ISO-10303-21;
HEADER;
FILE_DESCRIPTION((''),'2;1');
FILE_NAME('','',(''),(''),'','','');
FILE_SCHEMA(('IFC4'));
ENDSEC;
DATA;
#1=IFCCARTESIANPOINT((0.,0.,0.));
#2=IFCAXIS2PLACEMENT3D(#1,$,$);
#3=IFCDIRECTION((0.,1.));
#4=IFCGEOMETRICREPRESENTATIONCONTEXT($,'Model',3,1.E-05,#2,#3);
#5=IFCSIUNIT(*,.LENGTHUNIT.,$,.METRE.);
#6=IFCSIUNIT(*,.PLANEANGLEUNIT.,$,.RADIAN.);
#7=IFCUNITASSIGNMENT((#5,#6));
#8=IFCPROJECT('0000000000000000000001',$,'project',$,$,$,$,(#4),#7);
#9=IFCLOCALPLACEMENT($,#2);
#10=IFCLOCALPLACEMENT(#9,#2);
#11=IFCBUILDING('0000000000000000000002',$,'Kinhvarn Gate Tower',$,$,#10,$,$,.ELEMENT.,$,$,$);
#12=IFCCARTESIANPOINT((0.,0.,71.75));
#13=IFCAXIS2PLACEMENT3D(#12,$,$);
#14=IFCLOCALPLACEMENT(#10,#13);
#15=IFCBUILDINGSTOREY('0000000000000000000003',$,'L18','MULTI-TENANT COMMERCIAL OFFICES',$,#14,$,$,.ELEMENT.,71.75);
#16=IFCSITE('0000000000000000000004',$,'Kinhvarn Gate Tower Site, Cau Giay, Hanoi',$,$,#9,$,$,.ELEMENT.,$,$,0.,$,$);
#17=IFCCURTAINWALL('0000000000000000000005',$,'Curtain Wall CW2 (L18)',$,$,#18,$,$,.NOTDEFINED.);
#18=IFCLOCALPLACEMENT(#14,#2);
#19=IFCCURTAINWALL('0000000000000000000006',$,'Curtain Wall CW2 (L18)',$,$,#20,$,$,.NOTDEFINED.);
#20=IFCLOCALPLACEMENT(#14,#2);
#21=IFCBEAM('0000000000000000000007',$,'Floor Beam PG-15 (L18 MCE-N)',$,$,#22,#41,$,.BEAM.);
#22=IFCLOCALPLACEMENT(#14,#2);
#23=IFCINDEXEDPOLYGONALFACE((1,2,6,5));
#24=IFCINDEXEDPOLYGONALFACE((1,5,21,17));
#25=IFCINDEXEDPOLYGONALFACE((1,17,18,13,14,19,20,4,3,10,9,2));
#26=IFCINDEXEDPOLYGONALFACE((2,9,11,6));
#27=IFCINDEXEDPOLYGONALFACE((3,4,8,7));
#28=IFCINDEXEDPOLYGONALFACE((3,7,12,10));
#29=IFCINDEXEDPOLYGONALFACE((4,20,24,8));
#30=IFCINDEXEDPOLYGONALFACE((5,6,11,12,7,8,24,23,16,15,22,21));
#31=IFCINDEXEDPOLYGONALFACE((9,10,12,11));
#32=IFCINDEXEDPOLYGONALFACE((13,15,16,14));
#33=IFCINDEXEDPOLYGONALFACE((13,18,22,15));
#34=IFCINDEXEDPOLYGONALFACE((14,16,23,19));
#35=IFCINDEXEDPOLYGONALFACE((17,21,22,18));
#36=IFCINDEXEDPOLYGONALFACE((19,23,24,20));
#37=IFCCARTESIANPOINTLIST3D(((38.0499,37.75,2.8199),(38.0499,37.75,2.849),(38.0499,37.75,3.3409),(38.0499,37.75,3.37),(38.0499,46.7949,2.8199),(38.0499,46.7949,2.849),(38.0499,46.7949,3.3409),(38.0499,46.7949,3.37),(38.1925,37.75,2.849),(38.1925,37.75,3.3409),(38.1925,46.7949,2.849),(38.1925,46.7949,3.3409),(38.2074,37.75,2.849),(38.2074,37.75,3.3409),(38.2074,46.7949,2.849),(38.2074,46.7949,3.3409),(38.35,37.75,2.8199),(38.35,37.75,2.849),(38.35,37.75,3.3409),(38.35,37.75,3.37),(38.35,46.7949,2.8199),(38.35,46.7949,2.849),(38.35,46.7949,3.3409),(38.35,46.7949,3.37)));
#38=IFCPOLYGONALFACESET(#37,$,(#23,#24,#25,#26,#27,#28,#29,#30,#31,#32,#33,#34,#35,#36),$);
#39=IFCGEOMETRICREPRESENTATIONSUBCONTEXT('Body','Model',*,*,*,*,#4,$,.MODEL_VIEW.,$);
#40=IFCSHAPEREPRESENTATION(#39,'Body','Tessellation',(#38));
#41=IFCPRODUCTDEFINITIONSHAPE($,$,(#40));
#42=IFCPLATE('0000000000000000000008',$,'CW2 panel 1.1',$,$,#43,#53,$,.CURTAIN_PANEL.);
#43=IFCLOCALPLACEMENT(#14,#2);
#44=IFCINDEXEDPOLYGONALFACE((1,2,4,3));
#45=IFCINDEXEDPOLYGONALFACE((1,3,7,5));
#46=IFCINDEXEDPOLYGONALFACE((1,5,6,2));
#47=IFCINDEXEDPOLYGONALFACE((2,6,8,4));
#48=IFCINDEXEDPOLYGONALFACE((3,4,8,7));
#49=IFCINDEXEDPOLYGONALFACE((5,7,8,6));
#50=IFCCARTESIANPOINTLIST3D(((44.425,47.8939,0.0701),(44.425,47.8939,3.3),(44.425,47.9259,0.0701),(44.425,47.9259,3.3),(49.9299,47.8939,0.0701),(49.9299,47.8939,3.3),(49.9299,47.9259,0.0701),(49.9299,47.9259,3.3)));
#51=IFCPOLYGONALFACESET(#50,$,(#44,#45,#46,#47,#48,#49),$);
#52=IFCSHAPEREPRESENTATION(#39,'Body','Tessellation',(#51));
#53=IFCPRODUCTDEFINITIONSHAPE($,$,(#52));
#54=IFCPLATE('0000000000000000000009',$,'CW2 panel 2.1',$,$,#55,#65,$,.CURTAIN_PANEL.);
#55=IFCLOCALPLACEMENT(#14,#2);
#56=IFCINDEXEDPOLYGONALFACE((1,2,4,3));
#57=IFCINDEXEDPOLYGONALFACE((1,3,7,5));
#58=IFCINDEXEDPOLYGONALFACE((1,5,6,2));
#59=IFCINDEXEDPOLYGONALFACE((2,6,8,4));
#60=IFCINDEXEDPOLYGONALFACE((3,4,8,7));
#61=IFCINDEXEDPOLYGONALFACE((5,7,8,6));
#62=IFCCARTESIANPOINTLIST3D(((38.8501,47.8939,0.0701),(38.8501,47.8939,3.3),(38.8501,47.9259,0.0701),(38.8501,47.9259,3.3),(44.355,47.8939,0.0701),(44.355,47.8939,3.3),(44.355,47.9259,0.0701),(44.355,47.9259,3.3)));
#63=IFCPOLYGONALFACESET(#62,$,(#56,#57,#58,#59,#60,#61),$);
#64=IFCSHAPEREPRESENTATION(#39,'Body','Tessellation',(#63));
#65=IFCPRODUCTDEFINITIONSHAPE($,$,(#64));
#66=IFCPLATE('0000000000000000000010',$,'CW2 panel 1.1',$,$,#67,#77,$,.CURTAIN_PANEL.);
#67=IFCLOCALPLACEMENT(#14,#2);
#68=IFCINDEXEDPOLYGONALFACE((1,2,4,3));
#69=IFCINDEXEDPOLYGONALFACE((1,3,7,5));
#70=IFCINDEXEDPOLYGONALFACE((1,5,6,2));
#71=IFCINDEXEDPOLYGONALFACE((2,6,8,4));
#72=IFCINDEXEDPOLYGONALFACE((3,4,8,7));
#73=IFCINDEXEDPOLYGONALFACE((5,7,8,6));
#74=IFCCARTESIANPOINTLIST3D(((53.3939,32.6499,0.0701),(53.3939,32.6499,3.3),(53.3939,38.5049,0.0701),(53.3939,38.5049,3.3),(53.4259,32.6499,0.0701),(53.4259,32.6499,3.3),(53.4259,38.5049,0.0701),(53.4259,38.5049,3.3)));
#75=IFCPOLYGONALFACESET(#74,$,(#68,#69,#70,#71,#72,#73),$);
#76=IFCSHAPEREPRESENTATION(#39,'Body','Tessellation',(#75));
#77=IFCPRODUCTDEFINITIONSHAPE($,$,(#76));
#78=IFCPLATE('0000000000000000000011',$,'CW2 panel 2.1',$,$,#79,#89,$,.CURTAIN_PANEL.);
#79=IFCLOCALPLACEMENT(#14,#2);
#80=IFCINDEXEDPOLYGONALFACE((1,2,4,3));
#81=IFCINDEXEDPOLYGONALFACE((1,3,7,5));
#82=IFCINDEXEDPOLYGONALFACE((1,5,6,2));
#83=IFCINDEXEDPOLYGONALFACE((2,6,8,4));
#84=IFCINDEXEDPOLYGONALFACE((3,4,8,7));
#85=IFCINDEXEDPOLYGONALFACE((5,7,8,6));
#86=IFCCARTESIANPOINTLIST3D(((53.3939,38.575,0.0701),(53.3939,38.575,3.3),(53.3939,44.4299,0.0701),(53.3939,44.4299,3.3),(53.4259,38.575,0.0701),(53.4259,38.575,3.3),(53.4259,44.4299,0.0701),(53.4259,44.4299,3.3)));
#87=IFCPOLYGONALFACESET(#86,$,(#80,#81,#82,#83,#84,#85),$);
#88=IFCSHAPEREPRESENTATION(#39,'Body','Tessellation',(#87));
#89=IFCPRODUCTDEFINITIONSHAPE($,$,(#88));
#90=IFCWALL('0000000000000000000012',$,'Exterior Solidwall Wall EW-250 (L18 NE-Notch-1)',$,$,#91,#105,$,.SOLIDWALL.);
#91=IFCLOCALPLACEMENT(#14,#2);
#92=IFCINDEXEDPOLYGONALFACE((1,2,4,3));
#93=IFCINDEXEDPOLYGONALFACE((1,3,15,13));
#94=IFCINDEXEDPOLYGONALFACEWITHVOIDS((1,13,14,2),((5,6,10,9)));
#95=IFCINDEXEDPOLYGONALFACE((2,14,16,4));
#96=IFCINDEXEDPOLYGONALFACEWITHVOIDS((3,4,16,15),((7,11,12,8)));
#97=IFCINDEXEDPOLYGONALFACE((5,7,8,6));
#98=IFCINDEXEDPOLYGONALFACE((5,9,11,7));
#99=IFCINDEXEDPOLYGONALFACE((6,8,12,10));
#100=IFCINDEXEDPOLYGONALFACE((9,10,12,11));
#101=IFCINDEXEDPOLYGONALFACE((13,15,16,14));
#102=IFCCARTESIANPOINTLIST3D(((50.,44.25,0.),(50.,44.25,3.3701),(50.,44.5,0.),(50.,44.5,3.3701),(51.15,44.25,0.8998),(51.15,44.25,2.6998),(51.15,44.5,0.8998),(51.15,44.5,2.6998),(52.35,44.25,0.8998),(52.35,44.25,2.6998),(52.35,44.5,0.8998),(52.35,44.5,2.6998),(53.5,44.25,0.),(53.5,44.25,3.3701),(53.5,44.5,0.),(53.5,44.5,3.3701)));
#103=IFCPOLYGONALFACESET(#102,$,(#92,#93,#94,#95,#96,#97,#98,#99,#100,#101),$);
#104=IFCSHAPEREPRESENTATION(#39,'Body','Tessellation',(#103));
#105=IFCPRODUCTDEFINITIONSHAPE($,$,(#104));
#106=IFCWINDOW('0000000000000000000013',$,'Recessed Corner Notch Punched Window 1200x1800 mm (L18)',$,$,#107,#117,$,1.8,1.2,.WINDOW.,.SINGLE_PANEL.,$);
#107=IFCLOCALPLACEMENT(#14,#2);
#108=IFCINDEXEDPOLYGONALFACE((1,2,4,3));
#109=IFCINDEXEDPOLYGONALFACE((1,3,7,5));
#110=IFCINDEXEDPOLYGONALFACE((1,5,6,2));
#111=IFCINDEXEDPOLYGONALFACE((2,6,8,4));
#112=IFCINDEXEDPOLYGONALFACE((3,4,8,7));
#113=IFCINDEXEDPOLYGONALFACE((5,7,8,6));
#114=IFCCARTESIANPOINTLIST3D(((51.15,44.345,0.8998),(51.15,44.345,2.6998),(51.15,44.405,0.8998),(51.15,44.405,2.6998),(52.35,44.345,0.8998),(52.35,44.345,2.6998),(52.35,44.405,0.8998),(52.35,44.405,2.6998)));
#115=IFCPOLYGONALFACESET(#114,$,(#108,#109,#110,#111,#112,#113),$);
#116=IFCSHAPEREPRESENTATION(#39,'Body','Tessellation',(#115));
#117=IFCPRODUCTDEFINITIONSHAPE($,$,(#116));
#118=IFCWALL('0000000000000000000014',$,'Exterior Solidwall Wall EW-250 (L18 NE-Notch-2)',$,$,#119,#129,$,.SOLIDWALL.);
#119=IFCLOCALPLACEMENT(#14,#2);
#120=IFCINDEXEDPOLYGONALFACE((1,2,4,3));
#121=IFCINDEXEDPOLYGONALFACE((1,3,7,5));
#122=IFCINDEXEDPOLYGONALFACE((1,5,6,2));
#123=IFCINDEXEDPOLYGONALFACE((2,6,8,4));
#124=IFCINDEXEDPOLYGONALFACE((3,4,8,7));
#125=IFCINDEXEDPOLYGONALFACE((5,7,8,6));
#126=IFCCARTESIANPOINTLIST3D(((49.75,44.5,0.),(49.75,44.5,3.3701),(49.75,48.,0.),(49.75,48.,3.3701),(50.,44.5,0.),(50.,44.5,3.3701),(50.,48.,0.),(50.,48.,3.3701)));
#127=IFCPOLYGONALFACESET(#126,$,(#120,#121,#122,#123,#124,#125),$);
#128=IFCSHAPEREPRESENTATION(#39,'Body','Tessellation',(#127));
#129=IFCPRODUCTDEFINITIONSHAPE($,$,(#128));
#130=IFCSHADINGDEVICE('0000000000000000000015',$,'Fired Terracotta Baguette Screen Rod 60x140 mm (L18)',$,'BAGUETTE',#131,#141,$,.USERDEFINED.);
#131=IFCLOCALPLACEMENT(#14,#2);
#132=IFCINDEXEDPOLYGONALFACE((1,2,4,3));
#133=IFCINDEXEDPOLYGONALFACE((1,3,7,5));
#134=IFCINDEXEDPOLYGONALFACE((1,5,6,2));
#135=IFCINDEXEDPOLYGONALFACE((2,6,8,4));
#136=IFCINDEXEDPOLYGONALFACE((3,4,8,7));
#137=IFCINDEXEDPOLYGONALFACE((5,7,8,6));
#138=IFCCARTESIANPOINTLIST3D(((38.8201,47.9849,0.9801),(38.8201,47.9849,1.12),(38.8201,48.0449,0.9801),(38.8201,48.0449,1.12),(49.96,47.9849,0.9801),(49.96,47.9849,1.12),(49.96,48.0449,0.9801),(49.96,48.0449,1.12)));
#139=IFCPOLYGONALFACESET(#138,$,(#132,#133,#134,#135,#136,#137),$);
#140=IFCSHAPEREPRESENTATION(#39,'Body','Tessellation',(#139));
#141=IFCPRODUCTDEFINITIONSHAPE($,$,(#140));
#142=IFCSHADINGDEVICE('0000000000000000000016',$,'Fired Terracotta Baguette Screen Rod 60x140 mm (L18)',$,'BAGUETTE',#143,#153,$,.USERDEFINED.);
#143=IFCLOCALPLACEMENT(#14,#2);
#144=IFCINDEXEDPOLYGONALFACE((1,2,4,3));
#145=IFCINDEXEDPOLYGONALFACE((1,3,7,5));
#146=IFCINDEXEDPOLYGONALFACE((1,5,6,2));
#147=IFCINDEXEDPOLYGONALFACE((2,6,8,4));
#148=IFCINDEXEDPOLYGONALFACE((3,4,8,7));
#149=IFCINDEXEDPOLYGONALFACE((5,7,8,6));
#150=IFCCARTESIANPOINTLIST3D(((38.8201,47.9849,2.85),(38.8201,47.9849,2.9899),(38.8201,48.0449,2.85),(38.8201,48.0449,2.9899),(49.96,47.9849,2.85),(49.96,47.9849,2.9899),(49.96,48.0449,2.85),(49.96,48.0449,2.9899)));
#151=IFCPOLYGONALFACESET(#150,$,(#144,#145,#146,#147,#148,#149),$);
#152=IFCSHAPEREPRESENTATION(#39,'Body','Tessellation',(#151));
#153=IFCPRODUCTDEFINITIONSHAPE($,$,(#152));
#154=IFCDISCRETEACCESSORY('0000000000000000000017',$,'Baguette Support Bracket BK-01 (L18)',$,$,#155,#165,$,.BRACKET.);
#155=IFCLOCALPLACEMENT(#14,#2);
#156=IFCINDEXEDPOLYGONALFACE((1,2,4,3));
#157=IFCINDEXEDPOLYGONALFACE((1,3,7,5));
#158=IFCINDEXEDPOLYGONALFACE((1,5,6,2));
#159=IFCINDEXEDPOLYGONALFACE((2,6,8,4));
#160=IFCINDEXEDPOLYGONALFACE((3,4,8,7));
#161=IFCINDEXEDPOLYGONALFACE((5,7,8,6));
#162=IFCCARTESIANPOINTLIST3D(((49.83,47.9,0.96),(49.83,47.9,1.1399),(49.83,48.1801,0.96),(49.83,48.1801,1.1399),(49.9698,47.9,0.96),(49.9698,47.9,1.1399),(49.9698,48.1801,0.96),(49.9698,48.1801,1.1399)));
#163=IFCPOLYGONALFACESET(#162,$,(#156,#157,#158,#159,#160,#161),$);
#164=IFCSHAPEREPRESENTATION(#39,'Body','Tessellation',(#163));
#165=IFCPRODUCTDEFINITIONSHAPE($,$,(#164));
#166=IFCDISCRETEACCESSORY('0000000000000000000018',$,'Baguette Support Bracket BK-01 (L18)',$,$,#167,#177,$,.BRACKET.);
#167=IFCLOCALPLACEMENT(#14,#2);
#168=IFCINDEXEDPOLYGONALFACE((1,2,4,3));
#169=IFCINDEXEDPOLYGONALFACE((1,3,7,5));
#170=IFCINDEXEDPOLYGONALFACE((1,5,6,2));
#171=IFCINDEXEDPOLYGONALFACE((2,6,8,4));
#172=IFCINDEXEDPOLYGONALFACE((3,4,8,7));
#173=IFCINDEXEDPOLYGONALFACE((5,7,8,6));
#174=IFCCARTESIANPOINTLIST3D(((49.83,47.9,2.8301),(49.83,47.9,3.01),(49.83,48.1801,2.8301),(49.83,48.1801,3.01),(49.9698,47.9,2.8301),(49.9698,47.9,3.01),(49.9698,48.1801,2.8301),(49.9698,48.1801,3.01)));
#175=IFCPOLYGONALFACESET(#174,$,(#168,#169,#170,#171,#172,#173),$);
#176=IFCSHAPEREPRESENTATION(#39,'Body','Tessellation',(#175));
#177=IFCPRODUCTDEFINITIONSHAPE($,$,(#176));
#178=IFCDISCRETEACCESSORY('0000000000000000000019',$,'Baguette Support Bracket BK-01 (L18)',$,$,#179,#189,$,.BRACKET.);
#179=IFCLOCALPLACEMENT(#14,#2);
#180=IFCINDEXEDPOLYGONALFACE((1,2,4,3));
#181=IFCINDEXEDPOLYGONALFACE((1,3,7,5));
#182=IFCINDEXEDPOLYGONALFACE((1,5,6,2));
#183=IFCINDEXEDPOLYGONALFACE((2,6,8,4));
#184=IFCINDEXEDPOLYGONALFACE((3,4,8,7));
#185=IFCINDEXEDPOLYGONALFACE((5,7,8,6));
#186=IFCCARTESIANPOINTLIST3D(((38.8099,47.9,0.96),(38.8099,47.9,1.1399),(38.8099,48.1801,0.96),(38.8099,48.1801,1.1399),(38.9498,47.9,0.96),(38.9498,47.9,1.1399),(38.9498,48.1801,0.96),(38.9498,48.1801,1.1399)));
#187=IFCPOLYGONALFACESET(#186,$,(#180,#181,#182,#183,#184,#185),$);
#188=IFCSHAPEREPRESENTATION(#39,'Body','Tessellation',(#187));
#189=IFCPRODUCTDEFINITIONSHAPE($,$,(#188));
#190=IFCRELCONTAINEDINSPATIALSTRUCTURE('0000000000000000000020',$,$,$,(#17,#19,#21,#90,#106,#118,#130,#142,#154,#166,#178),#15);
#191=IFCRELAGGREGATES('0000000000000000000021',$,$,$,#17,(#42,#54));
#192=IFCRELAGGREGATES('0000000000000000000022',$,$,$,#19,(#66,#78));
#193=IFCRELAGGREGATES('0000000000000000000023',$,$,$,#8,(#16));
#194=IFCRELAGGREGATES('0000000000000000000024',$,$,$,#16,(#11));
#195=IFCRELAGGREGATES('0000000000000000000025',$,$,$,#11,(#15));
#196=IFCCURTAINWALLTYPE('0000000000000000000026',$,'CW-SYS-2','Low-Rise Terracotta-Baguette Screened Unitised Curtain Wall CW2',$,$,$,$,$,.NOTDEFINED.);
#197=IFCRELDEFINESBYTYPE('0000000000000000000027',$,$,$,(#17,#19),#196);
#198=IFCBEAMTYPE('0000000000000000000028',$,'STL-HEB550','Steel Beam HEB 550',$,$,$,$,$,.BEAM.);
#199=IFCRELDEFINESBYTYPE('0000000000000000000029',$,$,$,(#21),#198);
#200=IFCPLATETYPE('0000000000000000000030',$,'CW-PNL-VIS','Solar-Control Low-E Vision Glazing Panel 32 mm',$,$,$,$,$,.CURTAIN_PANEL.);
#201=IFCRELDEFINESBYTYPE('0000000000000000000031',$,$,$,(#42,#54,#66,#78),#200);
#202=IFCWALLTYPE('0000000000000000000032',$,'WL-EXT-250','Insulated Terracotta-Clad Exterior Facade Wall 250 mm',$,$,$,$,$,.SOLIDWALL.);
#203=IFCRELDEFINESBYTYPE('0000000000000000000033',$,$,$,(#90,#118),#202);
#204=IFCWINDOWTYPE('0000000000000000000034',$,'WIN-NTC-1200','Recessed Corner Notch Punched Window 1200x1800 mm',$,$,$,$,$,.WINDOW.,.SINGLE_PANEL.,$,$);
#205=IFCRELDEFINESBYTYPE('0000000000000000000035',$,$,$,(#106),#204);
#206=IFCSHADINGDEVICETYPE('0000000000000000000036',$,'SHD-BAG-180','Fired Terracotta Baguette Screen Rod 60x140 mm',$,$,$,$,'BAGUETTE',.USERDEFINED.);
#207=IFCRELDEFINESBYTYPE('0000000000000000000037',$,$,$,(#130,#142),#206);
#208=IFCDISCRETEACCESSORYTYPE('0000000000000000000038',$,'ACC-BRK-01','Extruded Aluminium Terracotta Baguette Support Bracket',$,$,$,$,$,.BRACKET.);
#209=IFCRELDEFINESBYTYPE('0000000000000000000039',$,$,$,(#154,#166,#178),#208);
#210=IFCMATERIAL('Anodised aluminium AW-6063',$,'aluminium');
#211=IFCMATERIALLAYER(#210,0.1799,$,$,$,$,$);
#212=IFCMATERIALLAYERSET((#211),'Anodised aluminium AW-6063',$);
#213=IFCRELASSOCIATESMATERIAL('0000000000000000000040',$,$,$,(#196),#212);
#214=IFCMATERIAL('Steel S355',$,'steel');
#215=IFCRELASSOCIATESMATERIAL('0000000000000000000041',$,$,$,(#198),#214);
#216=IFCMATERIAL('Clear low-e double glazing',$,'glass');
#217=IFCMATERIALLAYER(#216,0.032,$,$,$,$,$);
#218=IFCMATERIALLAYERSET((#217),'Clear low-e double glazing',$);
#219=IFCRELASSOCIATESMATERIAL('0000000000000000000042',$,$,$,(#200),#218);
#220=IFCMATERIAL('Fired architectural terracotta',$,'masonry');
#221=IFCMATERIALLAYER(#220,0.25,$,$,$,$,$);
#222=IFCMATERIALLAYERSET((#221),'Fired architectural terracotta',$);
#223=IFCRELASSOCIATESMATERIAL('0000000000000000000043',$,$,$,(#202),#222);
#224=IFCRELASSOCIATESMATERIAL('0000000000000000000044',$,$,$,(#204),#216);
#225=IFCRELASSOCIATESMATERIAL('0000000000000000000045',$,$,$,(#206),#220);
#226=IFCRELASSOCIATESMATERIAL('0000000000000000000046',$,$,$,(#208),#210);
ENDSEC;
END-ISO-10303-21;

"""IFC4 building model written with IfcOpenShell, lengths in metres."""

from ifc_helpers import new_model, si_unit, direction, frame, frame_2d, origin, origin_2d, place, context, subcontext, project, spatial, rectangle, i_section, extrude, material, layer, layer_set, material_profile, profile_set, type_object, element, fill, aggregate, save


model = new_model("IFC4")

# Units and contexts
model_context = context("Model", 3, precision=1e-05, world=origin(), true_north=direction((0.0, 1.0)))
body_context = subcontext(model_context, "Body", "Model", "MODEL_VIEW")
ifc_project = project(units=[si_unit("LENGTHUNIT", "METRE"), si_unit("PLANEANGLEUNIT", "RADIAN")], contexts=[model_context])

# Site, building, storey
site_placement = place(None, origin())
site = spatial("IfcSite", under=ifc_project, at=site_placement, Name="Kinhvarn Gate Tower Site, Cau Giay, Hanoi", CompositionType="ELEMENT", RefElevation=0.0)
building_placement = place(site_placement, origin())
building = spatial("IfcBuilding", under=site, at=building_placement, Name="Kinhvarn Gate Tower", CompositionType="ELEMENT")
storey_placement = place(building_placement, frame((0.0, 0.0, 71.75)))
storey = spatial("IfcBuildingStorey", under=building, at=storey_placement, Name="L18", Description="MULTI-TENANT COMMERCIAL OFFICES", CompositionType="ELEMENT", Elevation=71.75)

# Curtain wall
ifc_material_1 = material(Name="Anodised aluminium AW-6063", Category="aluminium")
ifc_layer_1 = layer(ifc_material_1, 0.1799)
ifc_layer_set_1 = layer_set([ifc_layer_1], Name="Anodised aluminium AW-6063")
curtain_wall_type = type_object("IfcCurtainWallType", Name="CW-SYS-2", Description="Low-Rise Terracotta-Baguette Screened Unitised Curtain Wall CW2", PredefinedType="NOTDEFINED", material=ifc_layer_set_1)
curtain_wall_1_placement = place(storey_placement, origin())
curtain_wall_1 = element("IfcCurtainWall", 1, at=curtain_wall_1_placement, inside=storey, type_object=curtain_wall_type, Name="Curtain Wall CW2 (L18)", PredefinedType="NOTDEFINED")

# Curtain wall
curtain_wall_2_placement = place(storey_placement, origin())
curtain_wall_2 = element("IfcCurtainWall", 2, at=curtain_wall_2_placement, inside=storey, type_object=curtain_wall_type, Name="Curtain Wall CW2 (L18)", PredefinedType="NOTDEFINED")

# Beam
ifc_material_2 = material(Name="Steel S355", Category="steel")
ifc_material_profile_1 = material_profile(ifc_material_2, i_section(OverallWidth=0.3, OverallDepth=0.55, WebThickness=0.0149, FlangeThickness=0.0291, at=origin_2d()), Name="HEB 550")
ifc_profile_set_1 = profile_set([ifc_material_profile_1], Name="Steel S355")
beam_type = type_object("IfcBeamType", Name="STL-HEB550", Description="Steel Beam HEB 550", PredefinedType="BEAM", material=ifc_profile_set_1)
beam_placement = place(storey_placement, frame((38.2, 37.75, 3.095), z_axis=(0.0, 1.0, 0.0), x_axis=(-1.0, 0.0, 0.0)))
element("IfcBeam", 3, at=beam_placement, inside=storey, type_object=beam_type, Name="Floor Beam PG-15 (L18 MCE-N)", PredefinedType="BEAM", context=body_context, shape_type="SweptSolid", body=[
    extrude(i_section(OverallWidth=0.3, OverallDepth=0.55, WebThickness=0.0149, FlangeThickness=0.0291, at=origin_2d()), origin(), (0.0, 0.0, 1.0), 9.0449),
])

# Plates
ifc_material_3 = material(Name="Clear low-e double glazing", Category="glass")
ifc_layer_2 = layer(ifc_material_3, 0.032)
ifc_layer_set_2 = layer_set([ifc_layer_2], Name="Clear low-e double glazing")
plate_type = type_object("IfcPlateType", Name="CW-PNL-VIS", Description="Solar-Control Low-E Vision Glazing Panel 32 mm", PredefinedType="CURTAIN_PANEL", material=ifc_layer_set_2)
plate_1_placement = place(storey_placement, frame((47.1775, 47.9099, 0.0701), z_axis=(0.0, 0.0, 1.0), x_axis=(-1.0, 0.0, 0.0)))
plate_1 = element("IfcPlate", 4, at=plate_1_placement, type_object=plate_type, Name="CW2 panel 1.1", PredefinedType="CURTAIN_PANEL", context=body_context, shape_type="SweptSolid", body=[
    extrude(rectangle(XDim=5.5049, YDim=0.032, at=origin_2d()), origin(), (0.0, 0.0, 1.0), 3.23),
])
plate_2_placement = place(storey_placement, frame((41.6025, 47.9099, 0.0701), z_axis=(0.0, 0.0, 1.0), x_axis=(-1.0, 0.0, 0.0)))
plate_2 = element("IfcPlate", 5, at=plate_2_placement, type_object=plate_type, Name="CW2 panel 2.1", PredefinedType="CURTAIN_PANEL", context=body_context, shape_type="SweptSolid", body=[
    extrude(rectangle(XDim=5.5049, YDim=0.032, at=origin_2d()), origin(), (0.0, 0.0, 1.0), 3.23),
])
aggregate(curtain_wall_1, [plate_1, plate_2])
plate_3_placement = place(storey_placement, frame((53.4099, 35.5774, 0.0701), z_axis=(0.0, 0.0, 1.0), x_axis=(0.0, 1.0, 0.0)))
plate_3 = element("IfcPlate", 6, at=plate_3_placement, type_object=plate_type, Name="CW2 panel 1.1", PredefinedType="CURTAIN_PANEL", context=body_context, shape_type="SweptSolid", body=[
    extrude(rectangle(XDim=5.855, YDim=0.032, at=origin_2d()), origin(), (0.0, 0.0, 1.0), 3.23),
])
plate_4_placement = place(storey_placement, frame((53.4099, 41.5024, 0.0701), z_axis=(0.0, 0.0, 1.0), x_axis=(0.0, 1.0, 0.0)))
plate_4 = element("IfcPlate", 7, at=plate_4_placement, type_object=plate_type, Name="CW2 panel 2.1", PredefinedType="CURTAIN_PANEL", context=body_context, shape_type="SweptSolid", body=[
    extrude(rectangle(XDim=5.855, YDim=0.032, at=origin_2d()), origin(), (0.0, 0.0, 1.0), 3.23),
])
aggregate(curtain_wall_2, [plate_3, plate_4])

# Wall, opening, window
ifc_material_4 = material(Name="Fired architectural terracotta", Category="masonry")
ifc_layer_3 = layer(ifc_material_4, 0.25)
ifc_layer_set_3 = layer_set([ifc_layer_3], Name="Fired architectural terracotta")
wall_type = type_object("IfcWallType", Name="WL-EXT-250", Description="Insulated Terracotta-Clad Exterior Facade Wall 250 mm", PredefinedType="SOLIDWALL", material=ifc_layer_set_3)
wall_1_placement = place(storey_placement, frame((53.5, 44.375, 0.0), z_axis=(0.0, 0.0, 1.0), x_axis=(-1.0, 0.0, 0.0)))
wall_1 = element("IfcWall", 8, at=wall_1_placement, inside=storey, type_object=wall_type, Name="Exterior Solidwall Wall EW-250 (L18 NE-Notch-1)", PredefinedType="SOLIDWALL", context=body_context, shape_type="SweptSolid", body=[
    extrude(rectangle(XDim=3.5, YDim=0.25, at=frame_2d((1.75, 0.0))), origin(), (0.0, 0.0, 1.0), 3.3701),
])
opening_placement = place(wall_1_placement, frame((1.1499, 0.0, 0.8999)))
opening = element("IfcOpeningElement", 9, at=opening_placement, cuts=wall_1, PredefinedType="OPENING", context=body_context, shape_type="SweptSolid", body=[
    extrude(rectangle(XDim=1.2, YDim=1.8, at=frame_2d((0.6001, 0.8999))), frame((0.0, 0.135, 0.0), z_axis=(0.0, -1.0, 0.0), x_axis=(1.0, 0.0, 0.0)), (0.0, 0.0, 1.0), 0.27),
])
window_type = type_object("IfcWindowType", Name="WIN-NTC-1200", Description="Recessed Corner Notch Punched Window 1200x1800 mm", PartitioningType="SINGLE_PANEL", PredefinedType="WINDOW", material=ifc_material_3)
window_placement = place(opening_placement, origin())
window = element("IfcWindow", 10, at=window_placement, inside=storey, type_object=window_type, Name="Recessed Corner Notch Punched Window 1200x1800 mm (L18)", OverallHeight=1.8, OverallWidth=1.2, PartitioningType="SINGLE_PANEL", PredefinedType="WINDOW", context=body_context, shape_type="SweptSolid", body=[
    extrude(rectangle(XDim=1.2, YDim=1.8, at=frame_2d((0.6001, 0.8999))), frame((0.0, 0.03, 0.0), z_axis=(0.0, -1.0, 0.0), x_axis=(1.0, 0.0, 0.0)), (0.0, 0.0, 1.0), 0.0601),
])
fill(opening, window)

# Wall
wall_2_placement = place(storey_placement, frame((49.875, 44.5, 0.0), z_axis=(0.0, 0.0, 1.0), x_axis=(0.0, 1.0, 0.0)))
element("IfcWall", 11, at=wall_2_placement, inside=storey, type_object=wall_type, Name="Exterior Solidwall Wall EW-250 (L18 NE-Notch-2)", PredefinedType="SOLIDWALL", context=body_context, shape_type="SweptSolid", body=[
    extrude(rectangle(XDim=3.5, YDim=0.25, at=frame_2d((1.75, 0.0))), origin(), (0.0, 0.0, 1.0), 3.3701),
])

# Shading devices
ifc_material_profile_2 = material_profile(ifc_material_4, rectangle(XDim=0.0601, YDim=0.1399, at=origin_2d()), Name="TC 60x140")
ifc_profile_set_2 = profile_set([ifc_material_profile_2], Name="Fired architectural terracotta")
shading_device_type = type_object("IfcShadingDeviceType", Name="SHD-BAG-180", Description="Fired Terracotta Baguette Screen Rod 60x140 mm", ElementType="BAGUETTE", PredefinedType="USERDEFINED", material=ifc_profile_set_2)
for number, where, z_axis, x_axis, name in (
    (12, (49.96, 48.0149, 1.05), (-1.0, 0.0, 0.0), (0.0, -1.0, 0.0), "Fired Terracotta Baguette Screen Rod 60x140 mm (L18)"),
    (13, (49.96, 48.0149, 2.9199), (-1.0, 0.0, 0.0), (0.0, -1.0, 0.0), "Fired Terracotta Baguette Screen Rod 60x140 mm (L18)"),
):
    element("IfcShadingDevice", number, at=place(storey_placement, frame(where, z_axis=z_axis, x_axis=x_axis)), inside=storey, type_object=shading_device_type, Name=name, ObjectType="BAGUETTE", PredefinedType="USERDEFINED", context=body_context, shape_type="SweptSolid", body=[
        extrude(rectangle(XDim=0.0601, YDim=0.1399, at=origin_2d()), origin(), (0.0, 0.0, 1.0), 11.1399),
    ])

# Discrete accessories
discrete_accessory_type = type_object("IfcDiscreteAccessoryType", Name="ACC-BRK-01", Description="Extruded Aluminium Terracotta Baguette Support Bracket", PredefinedType="BRACKET", material=ifc_material_1)
for number, where, z_axis, x_axis, name in (
    (14, (49.8999, 48.04, 0.96), (0.0, 0.0, 1.0), (-1.0, 0.0, 0.0), "Baguette Support Bracket BK-01 (L18)"),
    (15, (49.8999, 48.04, 2.8301), (0.0, 0.0, 1.0), (-1.0, 0.0, 0.0), "Baguette Support Bracket BK-01 (L18)"),
    (16, (38.8799, 48.04, 0.96), (0.0, 0.0, 1.0), (-1.0, 0.0, 0.0), "Baguette Support Bracket BK-01 (L18)"),
):
    element("IfcDiscreteAccessory", number, at=place(storey_placement, frame(where, z_axis=z_axis, x_axis=x_axis)), inside=storey, type_object=discrete_accessory_type, Name=name, PredefinedType="BRACKET", context=body_context, shape_type="SweptSolid", body=[
        extrude(rectangle(XDim=0.1399, YDim=0.28, at=origin_2d()), origin(), (0.0, 0.0, 1.0), 0.1799),
    ])

save(model, "model.ifc")
